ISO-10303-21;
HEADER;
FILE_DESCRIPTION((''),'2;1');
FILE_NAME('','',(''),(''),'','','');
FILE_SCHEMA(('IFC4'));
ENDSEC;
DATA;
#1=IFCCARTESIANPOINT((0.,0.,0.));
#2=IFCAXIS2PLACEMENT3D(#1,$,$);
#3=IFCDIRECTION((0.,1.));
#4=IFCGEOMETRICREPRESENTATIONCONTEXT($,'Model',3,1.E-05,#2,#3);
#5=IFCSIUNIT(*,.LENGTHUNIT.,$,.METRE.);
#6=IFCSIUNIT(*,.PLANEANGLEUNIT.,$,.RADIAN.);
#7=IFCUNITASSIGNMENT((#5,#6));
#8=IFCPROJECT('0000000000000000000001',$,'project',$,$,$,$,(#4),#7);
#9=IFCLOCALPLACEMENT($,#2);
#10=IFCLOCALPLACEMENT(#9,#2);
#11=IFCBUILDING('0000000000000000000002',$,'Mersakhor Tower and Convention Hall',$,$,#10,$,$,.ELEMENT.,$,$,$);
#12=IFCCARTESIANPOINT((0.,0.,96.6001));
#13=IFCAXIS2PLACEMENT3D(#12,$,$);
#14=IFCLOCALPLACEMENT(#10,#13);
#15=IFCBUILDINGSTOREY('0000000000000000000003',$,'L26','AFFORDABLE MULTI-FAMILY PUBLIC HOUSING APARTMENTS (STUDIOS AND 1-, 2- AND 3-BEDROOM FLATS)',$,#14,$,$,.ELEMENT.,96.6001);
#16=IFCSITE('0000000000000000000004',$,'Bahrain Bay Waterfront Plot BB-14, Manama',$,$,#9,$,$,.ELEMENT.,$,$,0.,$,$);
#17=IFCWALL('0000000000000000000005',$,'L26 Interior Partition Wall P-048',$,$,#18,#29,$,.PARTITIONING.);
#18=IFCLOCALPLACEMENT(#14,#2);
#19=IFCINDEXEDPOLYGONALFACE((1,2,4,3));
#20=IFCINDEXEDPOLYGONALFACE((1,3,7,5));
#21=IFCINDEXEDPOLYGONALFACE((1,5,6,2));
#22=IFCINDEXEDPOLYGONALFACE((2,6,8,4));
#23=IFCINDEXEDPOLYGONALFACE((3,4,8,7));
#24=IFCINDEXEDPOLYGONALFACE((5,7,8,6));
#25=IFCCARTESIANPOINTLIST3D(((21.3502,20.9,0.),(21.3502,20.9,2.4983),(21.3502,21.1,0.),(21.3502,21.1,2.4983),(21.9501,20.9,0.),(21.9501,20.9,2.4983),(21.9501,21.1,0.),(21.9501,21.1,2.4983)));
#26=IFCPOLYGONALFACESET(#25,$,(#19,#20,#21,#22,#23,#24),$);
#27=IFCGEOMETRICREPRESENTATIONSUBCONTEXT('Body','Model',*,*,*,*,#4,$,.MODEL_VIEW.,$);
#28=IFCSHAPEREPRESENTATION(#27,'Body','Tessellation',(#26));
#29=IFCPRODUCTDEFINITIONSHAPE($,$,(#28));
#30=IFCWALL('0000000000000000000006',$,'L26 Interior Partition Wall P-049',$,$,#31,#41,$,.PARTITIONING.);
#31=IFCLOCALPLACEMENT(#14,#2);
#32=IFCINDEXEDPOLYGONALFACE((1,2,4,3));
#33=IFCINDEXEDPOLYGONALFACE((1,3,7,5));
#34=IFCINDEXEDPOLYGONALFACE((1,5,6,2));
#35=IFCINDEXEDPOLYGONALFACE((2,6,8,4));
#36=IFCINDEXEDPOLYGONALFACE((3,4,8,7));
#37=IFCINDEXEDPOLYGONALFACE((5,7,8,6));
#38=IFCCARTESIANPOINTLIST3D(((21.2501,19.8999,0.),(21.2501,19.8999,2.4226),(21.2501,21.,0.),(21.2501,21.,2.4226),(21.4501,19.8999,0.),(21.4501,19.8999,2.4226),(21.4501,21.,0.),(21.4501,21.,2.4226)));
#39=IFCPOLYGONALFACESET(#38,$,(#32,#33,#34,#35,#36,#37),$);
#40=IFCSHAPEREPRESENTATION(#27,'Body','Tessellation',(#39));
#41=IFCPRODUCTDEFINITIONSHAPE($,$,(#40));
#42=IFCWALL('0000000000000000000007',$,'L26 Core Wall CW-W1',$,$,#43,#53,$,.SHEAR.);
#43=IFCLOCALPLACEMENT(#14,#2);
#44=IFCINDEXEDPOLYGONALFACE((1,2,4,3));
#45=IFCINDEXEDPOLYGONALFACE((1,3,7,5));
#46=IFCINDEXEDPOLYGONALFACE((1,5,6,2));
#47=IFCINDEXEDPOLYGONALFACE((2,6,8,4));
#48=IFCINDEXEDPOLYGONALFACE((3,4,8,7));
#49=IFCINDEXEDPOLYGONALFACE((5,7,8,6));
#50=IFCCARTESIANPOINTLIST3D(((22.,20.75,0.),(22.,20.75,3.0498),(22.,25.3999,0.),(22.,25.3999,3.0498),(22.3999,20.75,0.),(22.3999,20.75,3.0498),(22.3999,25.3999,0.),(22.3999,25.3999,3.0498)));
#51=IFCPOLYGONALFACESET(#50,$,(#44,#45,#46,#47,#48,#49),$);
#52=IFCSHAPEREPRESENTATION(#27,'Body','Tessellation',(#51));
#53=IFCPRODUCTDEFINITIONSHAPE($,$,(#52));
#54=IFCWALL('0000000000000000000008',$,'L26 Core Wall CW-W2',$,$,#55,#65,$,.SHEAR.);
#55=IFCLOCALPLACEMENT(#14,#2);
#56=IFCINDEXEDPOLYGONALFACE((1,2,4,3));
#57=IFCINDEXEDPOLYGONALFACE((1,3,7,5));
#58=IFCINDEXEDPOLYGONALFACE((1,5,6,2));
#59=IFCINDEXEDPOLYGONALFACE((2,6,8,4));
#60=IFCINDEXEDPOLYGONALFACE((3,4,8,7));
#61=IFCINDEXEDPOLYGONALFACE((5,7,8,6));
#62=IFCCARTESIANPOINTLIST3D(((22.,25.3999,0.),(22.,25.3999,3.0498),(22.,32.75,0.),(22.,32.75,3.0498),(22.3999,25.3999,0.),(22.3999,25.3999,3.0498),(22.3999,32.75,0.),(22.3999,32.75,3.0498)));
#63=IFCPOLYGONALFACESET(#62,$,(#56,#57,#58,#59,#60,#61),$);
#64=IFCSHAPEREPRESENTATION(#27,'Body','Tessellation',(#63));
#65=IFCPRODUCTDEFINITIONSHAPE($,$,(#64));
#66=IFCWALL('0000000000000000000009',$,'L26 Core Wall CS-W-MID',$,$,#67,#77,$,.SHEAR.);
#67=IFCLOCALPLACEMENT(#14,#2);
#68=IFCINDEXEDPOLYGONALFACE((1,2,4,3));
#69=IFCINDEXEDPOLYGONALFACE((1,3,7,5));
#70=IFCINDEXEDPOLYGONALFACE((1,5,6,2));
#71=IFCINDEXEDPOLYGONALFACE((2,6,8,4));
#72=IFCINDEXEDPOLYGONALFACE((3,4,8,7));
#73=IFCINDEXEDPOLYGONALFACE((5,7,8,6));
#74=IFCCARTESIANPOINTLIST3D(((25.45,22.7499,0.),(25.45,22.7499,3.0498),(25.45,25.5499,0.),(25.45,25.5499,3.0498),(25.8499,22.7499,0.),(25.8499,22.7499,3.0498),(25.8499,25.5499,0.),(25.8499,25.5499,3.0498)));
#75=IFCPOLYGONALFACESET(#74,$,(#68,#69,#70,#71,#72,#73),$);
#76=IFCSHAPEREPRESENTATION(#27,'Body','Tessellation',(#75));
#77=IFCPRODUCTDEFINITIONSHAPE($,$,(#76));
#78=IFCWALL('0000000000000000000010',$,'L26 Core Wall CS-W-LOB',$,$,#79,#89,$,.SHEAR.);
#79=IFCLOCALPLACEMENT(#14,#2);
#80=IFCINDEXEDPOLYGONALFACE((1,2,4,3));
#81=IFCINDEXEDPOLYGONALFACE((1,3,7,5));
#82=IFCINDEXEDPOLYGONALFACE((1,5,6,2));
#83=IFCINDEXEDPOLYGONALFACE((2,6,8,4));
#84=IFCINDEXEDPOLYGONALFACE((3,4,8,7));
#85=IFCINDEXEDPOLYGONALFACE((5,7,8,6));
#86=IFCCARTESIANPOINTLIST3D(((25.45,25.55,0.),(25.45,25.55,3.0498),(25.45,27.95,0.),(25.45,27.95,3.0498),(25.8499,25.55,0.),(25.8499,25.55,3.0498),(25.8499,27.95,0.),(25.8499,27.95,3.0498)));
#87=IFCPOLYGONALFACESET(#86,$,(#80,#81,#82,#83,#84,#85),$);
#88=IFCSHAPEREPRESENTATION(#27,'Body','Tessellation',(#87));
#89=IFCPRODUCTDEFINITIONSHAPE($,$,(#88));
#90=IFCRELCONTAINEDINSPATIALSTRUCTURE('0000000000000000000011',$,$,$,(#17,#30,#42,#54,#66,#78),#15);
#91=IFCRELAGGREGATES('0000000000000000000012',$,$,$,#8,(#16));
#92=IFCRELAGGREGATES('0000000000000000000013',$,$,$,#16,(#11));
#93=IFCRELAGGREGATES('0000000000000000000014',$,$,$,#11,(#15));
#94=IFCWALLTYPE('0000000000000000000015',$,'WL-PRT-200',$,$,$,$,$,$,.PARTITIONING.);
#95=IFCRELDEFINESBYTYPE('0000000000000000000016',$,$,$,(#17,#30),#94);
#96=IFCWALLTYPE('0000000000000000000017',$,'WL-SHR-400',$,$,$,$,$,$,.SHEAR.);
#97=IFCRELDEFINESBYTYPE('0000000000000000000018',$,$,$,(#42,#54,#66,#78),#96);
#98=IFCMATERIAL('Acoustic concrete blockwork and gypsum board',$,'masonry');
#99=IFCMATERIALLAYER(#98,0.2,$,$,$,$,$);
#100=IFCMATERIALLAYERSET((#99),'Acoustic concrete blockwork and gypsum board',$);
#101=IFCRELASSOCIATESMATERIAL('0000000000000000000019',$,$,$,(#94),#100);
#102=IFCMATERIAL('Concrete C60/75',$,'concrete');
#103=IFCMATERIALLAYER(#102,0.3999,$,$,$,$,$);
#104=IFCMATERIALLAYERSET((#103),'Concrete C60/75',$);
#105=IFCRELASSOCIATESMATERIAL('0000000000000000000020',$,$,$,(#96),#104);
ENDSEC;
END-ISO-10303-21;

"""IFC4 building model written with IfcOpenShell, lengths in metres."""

from ifc_helpers import new_model, si_unit, direction, frame, frame_2d, origin, place, context, subcontext, project, spatial, rectangle, extrude, material, layer, layer_set, type_object, element, save


model = new_model("IFC4")

# Units and contexts
model_context = context("Model", 3, precision=1e-05, world=origin(), true_north=direction((0.0, 1.0)))
body_context = subcontext(model_context, "Body", "Model", "MODEL_VIEW")
ifc_project = project(units=[si_unit("LENGTHUNIT", "METRE"), si_unit("PLANEANGLEUNIT", "RADIAN")], contexts=[model_context])

# Site, building, storey
site_placement = place(None, origin())
site = spatial("IfcSite", under=ifc_project, at=site_placement, Name="Bahrain Bay Waterfront Plot BB-14, Manama", CompositionType="ELEMENT", RefElevation=0.0)
building_placement = place(site_placement, origin())
building = spatial("IfcBuilding", under=site, at=building_placement, Name="Mersakhor Tower and Convention Hall", CompositionType="ELEMENT")
storey_placement = place(building_placement, frame((0.0, 0.0, 96.6001)))
storey = spatial("IfcBuildingStorey", under=building, at=storey_placement, Name="L26", Description="AFFORDABLE MULTI-FAMILY PUBLIC HOUSING APARTMENTS (STUDIOS AND 1-, 2- AND 3-BEDROOM FLATS)", CompositionType="ELEMENT", Elevation=96.6001)

# Shared definitions
ifc_material_1 = material(Name="Acoustic concrete blockwork and gypsum board", Category="masonry")
ifc_layer_1 = layer(ifc_material_1, 0.2)
ifc_layer_set_1 = layer_set([ifc_layer_1], Name="Acoustic concrete blockwork and gypsum board")
wall_type_1 = type_object("IfcWallType", Name="WL-PRT-200", PredefinedType="PARTITIONING", material=ifc_layer_set_1)

# Walls
wall_1_placement = place(storey_placement, frame((21.95, 21.0, 0.0), z_axis=(0.0, 0.0, 1.0), x_axis=(-1.0, 0.0, 0.0)))
element("IfcWall", 1, at=wall_1_placement, inside=storey, type_object=wall_type_1, Name="L26 Interior Partition Wall P-048", PredefinedType="PARTITIONING", context=body_context, shape_type="SweptSolid", body=[
    extrude(rectangle(XDim=0.5999, YDim=0.2, at=frame_2d((0.2998, 0.0))), origin(), (0.0, 0.0, 1.0), 2.4983),
])
wall_2_placement = place(storey_placement, frame((21.3501, 21.0, 0.0), z_axis=(0.0, 0.0, 1.0), x_axis=(0.0, -1.0, 0.0)))
element("IfcWall", 2, at=wall_2_placement, inside=storey, type_object=wall_type_1, Name="L26 Interior Partition Wall P-049", PredefinedType="PARTITIONING", context=body_context, shape_type="SweptSolid", body=[
    extrude(rectangle(XDim=1.1001, YDim=0.2, at=frame_2d((0.55, 0.0))), origin(), (0.0, 0.0, 1.0), 2.4226),
])

# Walls
ifc_material_2 = material(Name="Concrete C60/75", Category="concrete")
ifc_layer_2 = layer(ifc_material_2, 0.3999)
ifc_layer_set_2 = layer_set([ifc_layer_2], Name="Concrete C60/75")
wall_type_2 = type_object("IfcWallType", Name="WL-SHR-400", PredefinedType="SHEAR", material=ifc_layer_set_2)
wall_3_placement = place(storey_placement, frame((22.2, 20.75, 0.0), z_axis=(0.0, 0.0, 1.0), x_axis=(0.0, 1.0, 0.0)))
element("IfcWall", 3, at=wall_3_placement, inside=storey, type_object=wall_type_2, Name="L26 Core Wall CW-W1", PredefinedType="SHEAR", context=body_context, shape_type="SweptSolid", body=[
    extrude(rectangle(XDim=4.6499, YDim=0.3999, at=frame_2d((2.325, 0.0))), origin(), (0.0, 0.0, 1.0), 3.0498),
])
wall_4_placement = place(storey_placement, frame((22.2, 25.3999, 0.0), z_axis=(0.0, 0.0, 1.0), x_axis=(0.0, 1.0, 0.0)))
element("IfcWall", 4, at=wall_4_placement, inside=storey, type_object=wall_type_2, Name="L26 Core Wall CW-W2", PredefinedType="SHEAR", context=body_context, shape_type="SweptSolid", body=[
    extrude(rectangle(XDim=7.3501, YDim=0.3999, at=frame_2d((3.675, 0.0))), origin(), (0.0, 0.0, 1.0), 3.0498),
])

# Walls
wall_5_placement = place(storey_placement, frame((25.6499, 22.75, 0.0), z_axis=(0.0, 0.0, 1.0), x_axis=(0.0, 1.0, 0.0)))
element("IfcWall", 5, at=wall_5_placement, inside=storey, type_object=wall_type_2, Name="L26 Core Wall CS-W-MID", PredefinedType="SHEAR", context=body_context, shape_type="SweptSolid", body=[
    extrude(rectangle(XDim=2.8, YDim=0.3999, at=frame_2d((1.3999, 0.0))), origin(), (0.0, 0.0, 1.0), 3.0498),
])
wall_6_placement = place(storey_placement, frame((25.6499, 25.55, 0.0), z_axis=(0.0, 0.0, 1.0), x_axis=(0.0, 1.0, 0.0)))
element("IfcWall", 6, at=wall_6_placement, inside=storey, type_object=wall_type_2, Name="L26 Core Wall CS-W-LOB", PredefinedType="SHEAR", context=body_context, shape_type="SweptSolid", body=[
    extrude(rectangle(XDim=2.3999, YDim=0.3999, at=frame_2d((1.2, 0.0))), origin(), (0.0, 0.0, 1.0), 3.0498),
])

save(model, "model.ifc")
